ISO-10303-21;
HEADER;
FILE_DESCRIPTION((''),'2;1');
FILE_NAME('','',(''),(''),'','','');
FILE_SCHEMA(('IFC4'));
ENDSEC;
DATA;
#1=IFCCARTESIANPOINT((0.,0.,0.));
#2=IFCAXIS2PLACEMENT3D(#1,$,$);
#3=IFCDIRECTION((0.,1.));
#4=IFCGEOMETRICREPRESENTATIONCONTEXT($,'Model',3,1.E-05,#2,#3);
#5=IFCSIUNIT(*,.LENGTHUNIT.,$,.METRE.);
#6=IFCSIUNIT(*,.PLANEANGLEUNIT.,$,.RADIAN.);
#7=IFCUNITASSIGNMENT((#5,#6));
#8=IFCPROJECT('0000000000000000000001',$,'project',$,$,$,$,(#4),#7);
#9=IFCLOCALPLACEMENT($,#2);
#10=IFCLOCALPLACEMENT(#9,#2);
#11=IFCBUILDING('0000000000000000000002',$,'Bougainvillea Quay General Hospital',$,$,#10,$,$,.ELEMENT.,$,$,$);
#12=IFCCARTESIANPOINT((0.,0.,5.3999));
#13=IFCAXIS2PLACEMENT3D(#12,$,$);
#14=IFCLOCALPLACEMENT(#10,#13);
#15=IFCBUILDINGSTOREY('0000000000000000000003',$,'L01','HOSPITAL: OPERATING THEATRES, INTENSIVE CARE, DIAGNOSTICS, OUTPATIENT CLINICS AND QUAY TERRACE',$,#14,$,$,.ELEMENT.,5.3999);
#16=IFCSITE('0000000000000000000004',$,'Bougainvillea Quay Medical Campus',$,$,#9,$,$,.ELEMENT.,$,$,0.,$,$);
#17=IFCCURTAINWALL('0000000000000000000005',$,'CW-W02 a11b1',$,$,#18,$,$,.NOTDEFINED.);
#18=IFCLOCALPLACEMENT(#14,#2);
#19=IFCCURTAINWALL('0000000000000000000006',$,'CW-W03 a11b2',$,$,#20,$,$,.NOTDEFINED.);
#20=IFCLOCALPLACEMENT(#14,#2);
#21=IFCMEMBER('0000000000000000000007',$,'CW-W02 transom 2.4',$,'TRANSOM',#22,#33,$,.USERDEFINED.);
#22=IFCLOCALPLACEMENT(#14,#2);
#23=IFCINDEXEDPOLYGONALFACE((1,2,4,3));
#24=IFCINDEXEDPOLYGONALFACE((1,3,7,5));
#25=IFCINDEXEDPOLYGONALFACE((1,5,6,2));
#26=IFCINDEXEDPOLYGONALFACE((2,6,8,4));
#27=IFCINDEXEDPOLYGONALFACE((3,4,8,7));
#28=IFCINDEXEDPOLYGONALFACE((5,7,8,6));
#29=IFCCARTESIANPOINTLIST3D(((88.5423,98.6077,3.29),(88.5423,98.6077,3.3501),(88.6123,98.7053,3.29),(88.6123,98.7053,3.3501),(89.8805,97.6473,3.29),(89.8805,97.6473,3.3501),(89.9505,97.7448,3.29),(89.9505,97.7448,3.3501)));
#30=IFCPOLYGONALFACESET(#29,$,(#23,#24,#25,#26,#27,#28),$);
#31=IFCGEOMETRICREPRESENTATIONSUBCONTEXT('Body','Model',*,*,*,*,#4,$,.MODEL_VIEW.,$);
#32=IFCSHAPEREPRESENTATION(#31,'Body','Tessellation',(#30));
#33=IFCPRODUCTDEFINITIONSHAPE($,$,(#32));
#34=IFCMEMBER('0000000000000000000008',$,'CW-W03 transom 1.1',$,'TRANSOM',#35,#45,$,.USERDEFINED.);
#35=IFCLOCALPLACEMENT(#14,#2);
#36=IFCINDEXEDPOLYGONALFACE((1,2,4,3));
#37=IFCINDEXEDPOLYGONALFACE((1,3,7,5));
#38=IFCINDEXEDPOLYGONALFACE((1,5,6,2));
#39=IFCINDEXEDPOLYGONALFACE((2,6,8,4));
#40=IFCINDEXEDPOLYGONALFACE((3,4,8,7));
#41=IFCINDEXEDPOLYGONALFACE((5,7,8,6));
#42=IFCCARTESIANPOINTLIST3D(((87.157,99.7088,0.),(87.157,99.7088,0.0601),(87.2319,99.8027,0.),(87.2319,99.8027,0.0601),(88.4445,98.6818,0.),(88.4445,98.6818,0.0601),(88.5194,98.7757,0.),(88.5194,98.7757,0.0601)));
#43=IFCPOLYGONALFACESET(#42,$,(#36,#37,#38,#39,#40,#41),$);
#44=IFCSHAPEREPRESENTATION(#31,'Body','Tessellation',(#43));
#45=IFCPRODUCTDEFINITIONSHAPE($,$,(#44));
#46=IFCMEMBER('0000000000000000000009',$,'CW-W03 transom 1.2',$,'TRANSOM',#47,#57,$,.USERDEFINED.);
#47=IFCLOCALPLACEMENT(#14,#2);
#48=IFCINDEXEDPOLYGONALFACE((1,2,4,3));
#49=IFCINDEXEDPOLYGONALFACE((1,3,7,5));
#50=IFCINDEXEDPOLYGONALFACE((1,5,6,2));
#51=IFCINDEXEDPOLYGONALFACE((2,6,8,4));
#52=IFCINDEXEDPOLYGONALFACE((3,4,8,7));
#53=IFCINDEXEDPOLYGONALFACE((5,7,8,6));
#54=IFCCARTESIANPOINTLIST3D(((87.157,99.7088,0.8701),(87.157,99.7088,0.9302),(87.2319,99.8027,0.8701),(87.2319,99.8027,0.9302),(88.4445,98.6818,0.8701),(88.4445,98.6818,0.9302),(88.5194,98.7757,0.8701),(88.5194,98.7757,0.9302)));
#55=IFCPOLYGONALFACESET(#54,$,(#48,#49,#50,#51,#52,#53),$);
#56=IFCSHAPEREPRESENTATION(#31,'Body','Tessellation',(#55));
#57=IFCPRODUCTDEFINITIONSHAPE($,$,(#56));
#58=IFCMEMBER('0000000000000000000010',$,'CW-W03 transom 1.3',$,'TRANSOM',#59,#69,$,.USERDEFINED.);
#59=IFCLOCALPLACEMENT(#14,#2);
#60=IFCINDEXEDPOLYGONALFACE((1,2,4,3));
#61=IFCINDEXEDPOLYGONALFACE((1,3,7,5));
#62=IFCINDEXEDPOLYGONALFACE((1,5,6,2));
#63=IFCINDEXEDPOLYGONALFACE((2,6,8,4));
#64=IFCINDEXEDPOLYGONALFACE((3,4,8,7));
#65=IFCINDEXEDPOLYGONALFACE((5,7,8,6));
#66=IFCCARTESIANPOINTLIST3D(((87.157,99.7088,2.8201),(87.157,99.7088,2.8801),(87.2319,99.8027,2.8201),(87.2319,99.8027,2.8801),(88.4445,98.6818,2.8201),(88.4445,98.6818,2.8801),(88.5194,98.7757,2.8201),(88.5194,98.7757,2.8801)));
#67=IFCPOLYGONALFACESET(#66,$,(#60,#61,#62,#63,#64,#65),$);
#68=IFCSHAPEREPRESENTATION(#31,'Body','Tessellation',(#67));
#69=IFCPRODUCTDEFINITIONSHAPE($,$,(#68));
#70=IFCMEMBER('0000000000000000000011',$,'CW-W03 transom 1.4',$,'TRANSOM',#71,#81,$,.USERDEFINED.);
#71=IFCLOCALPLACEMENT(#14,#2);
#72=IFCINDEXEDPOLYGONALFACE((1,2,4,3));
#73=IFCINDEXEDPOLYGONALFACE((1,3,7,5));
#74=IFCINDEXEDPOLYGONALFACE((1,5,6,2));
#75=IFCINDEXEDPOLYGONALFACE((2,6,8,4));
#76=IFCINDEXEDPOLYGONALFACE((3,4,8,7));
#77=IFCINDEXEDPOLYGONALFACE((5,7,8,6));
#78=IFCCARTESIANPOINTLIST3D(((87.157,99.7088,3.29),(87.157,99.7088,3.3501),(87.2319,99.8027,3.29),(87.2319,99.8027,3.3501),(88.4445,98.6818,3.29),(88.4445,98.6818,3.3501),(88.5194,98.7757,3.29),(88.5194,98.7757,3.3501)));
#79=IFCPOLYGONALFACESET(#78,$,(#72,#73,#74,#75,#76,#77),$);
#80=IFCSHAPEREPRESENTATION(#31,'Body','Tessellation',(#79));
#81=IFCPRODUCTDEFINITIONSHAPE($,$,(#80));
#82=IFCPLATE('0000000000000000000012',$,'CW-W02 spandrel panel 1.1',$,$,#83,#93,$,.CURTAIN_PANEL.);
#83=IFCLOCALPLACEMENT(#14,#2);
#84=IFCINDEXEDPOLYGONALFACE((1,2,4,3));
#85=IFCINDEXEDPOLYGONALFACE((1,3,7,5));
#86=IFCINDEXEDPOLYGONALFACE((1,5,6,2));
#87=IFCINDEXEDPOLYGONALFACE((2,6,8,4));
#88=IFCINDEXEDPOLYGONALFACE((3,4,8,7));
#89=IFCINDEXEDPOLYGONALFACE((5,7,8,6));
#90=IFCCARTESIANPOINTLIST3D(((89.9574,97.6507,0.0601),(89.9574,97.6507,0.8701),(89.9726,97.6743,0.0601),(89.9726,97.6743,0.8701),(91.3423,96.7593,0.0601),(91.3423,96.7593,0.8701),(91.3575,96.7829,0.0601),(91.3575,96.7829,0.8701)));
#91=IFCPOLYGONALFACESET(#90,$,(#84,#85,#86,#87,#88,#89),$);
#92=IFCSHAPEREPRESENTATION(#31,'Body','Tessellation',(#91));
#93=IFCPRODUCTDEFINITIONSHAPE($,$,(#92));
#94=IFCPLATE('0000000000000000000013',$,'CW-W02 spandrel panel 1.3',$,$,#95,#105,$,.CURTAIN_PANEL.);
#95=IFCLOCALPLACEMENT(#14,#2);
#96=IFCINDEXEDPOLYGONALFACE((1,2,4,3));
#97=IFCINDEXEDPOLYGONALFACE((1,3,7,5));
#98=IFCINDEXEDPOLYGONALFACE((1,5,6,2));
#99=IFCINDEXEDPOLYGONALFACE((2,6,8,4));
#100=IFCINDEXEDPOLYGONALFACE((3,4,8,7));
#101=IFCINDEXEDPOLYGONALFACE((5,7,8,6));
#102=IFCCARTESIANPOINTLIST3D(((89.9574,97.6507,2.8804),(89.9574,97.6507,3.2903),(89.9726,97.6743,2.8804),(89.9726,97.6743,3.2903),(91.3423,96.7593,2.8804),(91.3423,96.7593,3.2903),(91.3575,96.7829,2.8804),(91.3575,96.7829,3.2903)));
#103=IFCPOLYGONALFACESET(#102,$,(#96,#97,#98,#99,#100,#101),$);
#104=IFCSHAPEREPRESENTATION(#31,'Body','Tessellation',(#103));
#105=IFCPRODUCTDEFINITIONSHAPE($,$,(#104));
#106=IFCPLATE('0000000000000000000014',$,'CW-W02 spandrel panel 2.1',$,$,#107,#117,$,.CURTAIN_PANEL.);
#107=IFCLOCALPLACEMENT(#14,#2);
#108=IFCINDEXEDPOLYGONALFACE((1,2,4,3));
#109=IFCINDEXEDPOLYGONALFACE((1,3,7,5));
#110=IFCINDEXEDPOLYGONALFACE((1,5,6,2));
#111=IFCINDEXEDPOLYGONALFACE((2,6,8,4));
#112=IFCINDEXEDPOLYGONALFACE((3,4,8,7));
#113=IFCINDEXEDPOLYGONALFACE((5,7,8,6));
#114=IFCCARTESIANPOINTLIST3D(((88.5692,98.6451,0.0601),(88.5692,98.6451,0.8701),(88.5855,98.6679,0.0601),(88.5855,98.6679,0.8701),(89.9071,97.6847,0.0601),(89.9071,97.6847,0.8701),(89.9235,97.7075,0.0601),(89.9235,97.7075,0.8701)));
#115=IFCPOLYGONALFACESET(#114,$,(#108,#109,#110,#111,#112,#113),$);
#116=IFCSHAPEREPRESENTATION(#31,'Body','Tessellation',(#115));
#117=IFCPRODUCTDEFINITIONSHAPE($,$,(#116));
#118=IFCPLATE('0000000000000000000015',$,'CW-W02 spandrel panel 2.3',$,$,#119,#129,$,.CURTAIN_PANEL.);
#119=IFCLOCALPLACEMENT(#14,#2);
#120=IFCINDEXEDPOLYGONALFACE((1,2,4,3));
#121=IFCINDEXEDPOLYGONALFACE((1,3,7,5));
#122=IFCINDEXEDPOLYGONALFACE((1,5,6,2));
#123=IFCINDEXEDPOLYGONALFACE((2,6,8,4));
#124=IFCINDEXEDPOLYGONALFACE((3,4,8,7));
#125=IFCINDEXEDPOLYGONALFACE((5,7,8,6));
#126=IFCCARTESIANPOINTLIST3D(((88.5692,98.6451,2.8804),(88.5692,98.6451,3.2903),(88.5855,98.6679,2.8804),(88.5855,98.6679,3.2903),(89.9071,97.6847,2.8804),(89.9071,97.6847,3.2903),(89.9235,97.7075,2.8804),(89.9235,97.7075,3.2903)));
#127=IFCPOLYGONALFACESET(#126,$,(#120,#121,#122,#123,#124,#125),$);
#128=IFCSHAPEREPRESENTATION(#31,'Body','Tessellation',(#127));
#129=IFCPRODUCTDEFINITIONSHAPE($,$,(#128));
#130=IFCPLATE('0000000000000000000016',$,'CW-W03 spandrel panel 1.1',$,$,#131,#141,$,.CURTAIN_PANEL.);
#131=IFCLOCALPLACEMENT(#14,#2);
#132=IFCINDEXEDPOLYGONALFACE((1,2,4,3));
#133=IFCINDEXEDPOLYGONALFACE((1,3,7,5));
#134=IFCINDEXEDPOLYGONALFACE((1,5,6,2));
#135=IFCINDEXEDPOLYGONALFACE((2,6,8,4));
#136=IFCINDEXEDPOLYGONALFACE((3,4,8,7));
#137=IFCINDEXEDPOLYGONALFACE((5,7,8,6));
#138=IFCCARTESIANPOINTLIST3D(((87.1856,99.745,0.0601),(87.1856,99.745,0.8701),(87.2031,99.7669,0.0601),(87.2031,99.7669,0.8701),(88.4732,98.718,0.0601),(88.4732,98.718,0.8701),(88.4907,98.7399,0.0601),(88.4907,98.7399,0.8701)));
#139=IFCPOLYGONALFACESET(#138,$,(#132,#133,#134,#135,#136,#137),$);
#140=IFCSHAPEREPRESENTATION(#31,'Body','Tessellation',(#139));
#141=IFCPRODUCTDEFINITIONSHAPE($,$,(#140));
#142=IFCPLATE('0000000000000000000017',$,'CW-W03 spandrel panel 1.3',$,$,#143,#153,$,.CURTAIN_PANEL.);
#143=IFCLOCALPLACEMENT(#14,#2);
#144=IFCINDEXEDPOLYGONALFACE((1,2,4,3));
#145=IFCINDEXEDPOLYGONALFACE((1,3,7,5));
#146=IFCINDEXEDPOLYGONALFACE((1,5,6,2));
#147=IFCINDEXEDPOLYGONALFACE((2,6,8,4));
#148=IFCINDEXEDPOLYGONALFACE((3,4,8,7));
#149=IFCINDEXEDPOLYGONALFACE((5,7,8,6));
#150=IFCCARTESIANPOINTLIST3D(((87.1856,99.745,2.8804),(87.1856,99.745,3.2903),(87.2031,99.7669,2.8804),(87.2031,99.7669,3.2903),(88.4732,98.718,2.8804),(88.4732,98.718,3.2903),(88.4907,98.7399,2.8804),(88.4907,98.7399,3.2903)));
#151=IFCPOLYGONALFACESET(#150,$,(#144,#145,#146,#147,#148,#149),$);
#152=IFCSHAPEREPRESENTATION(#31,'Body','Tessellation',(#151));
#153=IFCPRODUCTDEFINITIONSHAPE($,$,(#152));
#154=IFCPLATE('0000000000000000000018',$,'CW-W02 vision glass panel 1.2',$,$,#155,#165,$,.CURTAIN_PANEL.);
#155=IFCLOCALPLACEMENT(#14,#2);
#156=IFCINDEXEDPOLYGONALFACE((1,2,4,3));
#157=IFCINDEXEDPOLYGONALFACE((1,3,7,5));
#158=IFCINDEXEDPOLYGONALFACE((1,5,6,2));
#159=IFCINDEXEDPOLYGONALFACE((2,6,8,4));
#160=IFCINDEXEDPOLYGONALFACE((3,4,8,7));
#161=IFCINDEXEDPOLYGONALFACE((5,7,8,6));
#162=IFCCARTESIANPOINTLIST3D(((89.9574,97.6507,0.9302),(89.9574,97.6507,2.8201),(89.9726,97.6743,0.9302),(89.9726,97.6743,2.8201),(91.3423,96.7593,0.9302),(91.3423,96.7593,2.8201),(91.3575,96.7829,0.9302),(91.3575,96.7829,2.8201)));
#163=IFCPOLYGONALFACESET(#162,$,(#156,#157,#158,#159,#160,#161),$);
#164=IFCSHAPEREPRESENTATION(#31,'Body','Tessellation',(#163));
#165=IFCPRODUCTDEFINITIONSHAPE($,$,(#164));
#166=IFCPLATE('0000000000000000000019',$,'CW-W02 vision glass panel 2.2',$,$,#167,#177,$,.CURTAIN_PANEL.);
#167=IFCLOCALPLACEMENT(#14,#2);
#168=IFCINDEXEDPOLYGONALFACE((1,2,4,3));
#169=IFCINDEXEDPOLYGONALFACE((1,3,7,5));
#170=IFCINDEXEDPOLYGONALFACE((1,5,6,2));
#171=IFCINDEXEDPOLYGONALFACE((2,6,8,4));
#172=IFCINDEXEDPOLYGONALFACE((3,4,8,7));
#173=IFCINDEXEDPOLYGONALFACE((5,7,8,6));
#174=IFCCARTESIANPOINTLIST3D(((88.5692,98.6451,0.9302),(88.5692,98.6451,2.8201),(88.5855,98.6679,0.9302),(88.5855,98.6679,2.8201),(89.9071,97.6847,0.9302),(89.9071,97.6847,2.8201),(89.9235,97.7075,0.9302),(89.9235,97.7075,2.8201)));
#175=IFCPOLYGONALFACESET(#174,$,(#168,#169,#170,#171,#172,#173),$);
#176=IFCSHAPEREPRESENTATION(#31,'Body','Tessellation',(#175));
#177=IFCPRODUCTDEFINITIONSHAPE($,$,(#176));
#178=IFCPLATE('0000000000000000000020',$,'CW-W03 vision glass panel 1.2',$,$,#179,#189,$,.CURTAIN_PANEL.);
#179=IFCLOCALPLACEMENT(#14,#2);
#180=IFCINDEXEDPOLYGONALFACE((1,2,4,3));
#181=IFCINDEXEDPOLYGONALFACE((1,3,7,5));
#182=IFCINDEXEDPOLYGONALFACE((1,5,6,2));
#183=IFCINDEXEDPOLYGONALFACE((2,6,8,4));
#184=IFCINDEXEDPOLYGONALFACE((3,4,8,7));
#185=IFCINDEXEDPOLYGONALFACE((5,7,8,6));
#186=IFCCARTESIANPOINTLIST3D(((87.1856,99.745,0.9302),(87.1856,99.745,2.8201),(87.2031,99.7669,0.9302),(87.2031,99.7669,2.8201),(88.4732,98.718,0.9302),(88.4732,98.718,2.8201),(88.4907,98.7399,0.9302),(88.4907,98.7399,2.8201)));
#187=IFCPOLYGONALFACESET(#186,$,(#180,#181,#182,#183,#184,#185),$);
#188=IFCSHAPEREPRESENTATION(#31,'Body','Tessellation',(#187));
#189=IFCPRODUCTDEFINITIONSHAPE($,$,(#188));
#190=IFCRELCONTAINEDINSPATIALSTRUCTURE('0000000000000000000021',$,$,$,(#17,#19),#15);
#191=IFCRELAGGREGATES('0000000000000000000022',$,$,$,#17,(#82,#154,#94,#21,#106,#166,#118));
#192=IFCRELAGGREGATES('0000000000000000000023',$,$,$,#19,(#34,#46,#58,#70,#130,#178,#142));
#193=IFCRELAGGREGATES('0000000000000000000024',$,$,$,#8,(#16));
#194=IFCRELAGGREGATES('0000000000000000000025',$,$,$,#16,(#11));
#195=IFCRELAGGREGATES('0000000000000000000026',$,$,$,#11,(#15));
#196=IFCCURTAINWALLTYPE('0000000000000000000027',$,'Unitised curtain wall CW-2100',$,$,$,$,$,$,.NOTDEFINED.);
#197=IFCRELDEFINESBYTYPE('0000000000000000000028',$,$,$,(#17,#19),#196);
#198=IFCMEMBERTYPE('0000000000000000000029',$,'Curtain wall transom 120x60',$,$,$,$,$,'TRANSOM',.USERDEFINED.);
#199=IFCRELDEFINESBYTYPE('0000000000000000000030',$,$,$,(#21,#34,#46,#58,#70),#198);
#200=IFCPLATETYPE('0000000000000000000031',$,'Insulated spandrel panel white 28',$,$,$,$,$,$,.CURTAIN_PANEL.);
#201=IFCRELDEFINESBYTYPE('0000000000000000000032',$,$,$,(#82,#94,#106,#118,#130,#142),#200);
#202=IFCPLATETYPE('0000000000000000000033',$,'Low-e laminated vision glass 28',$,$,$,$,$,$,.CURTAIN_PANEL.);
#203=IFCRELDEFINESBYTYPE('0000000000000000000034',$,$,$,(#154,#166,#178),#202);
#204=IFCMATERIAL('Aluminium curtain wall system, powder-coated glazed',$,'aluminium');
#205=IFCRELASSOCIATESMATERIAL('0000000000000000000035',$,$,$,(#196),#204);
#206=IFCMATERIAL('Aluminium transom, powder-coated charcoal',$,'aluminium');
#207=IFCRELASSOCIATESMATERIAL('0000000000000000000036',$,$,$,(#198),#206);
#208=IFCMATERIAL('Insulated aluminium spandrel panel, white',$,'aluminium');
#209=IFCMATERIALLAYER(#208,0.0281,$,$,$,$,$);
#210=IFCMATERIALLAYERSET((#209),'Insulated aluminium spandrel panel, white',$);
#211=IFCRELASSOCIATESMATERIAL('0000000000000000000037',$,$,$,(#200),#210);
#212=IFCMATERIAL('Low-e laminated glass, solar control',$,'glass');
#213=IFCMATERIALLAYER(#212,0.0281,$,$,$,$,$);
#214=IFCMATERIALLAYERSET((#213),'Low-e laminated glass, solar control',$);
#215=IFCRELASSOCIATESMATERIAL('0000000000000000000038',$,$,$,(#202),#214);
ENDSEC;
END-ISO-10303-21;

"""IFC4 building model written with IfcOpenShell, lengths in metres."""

from ifc_helpers import new_model, si_unit, direction, frame, origin, origin_2d, place, context, subcontext, project, spatial, rectangle, extrude, material, layer, layer_set, material_profile, profile_set, type_object, element, aggregate, save


model = new_model("IFC4")

# Units and contexts
model_context = context("Model", 3, precision=1e-05, world=origin(), true_north=direction((0.0, 1.0)))
body_context = subcontext(model_context, "Body", "Model", "MODEL_VIEW")
ifc_project = project(units=[si_unit("LENGTHUNIT", "METRE"), si_unit("PLANEANGLEUNIT", "RADIAN")], contexts=[model_context])

# Site, building, storey
site_placement = place(None, origin())
site = spatial("IfcSite", under=ifc_project, at=site_placement, Name="Bougainvillea Quay Medical Campus", CompositionType="ELEMENT", RefElevation=0.0)
building_placement = place(site_placement, origin())
building = spatial("IfcBuilding", under=site, at=building_placement, Name="Bougainvillea Quay General Hospital", CompositionType="ELEMENT")
storey_placement = place(building_placement, frame((0.0, 0.0, 5.3999)))
storey = spatial("IfcBuildingStorey", under=building, at=storey_placement, Name="L01", Description="HOSPITAL: OPERATING THEATRES, INTENSIVE CARE, DIAGNOSTICS, OUTPATIENT CLINICS AND QUAY TERRACE", CompositionType="ELEMENT", Elevation=5.3999)

# Shared definitions
ifc_material_1 = material(Name="Aluminium curtain wall system, powder-coated glazed", Category="aluminium")
curtain_wall_type = type_object("IfcCurtainWallType", Name="Unitised curtain wall CW-2100", PredefinedType="NOTDEFINED", material=ifc_material_1)

# Curtain wall
curtain_wall_1_placement = place(storey_placement, origin())
curtain_wall_1 = element("IfcCurtainWall", 1, at=curtain_wall_1_placement, inside=storey, type_object=curtain_wall_type, Name="CW-W02 a11b1", PredefinedType="NOTDEFINED")

# Curtain wall
curtain_wall_2_placement = place(storey_placement, origin())
curtain_wall_2 = element("IfcCurtainWall", 2, at=curtain_wall_2_placement, inside=storey, type_object=curtain_wall_type, Name="CW-W03 a11b2", PredefinedType="NOTDEFINED")

# Members
ifc_material_2 = material(Name="Aluminium transom, powder-coated charcoal", Category="aluminium")
ifc_material_profile_1 = material_profile(ifc_material_2, rectangle(XDim=0.1201, YDim=0.0601, at=origin_2d()))
ifc_profile_set_1 = profile_set([ifc_material_profile_1], Name="Aluminium transom, powder-coated charcoal")
member_type_1 = type_object("IfcMemberType", Name="Curtain wall transom 120x60", ElementType="TRANSOM", PredefinedType="USERDEFINED", material=ifc_profile_set_1)
member_1_placement = place(storey_placement, frame((89.9155, 97.696, 3.3201), z_axis=(-0.812399, 0.583101, 0.0), x_axis=(-0.583101, -0.812399, 0.0)))
member_1 = element("IfcMember", 3, at=member_1_placement, type_object=member_type_1, Name="CW-W02 transom 2.4", ObjectType="TRANSOM", PredefinedType="USERDEFINED", context=body_context, shape_type="SweptSolid", body=[
    extrude(rectangle(XDim=0.1201, YDim=0.0601, at=origin_2d()), origin(), (0.0, 0.0, 1.0), 1.6472),
])
member_2_placement = place(storey_placement, frame((88.4819, 98.7288, 0.03), z_axis=(-0.78175, 0.623592, 0.0), x_axis=(-0.623592, -0.78175, 0.0)))
member_2 = element("IfcMember", 4, at=member_2_placement, type_object=member_type_1, Name="CW-W03 transom 1.1", ObjectType="TRANSOM", PredefinedType="USERDEFINED", context=body_context, shape_type="SweptSolid", body=[
    extrude(rectangle(XDim=0.1201, YDim=0.0601, at=origin_2d()), origin(), (0.0, 0.0, 1.0), 1.647),
])
member_3_placement = place(storey_placement, frame((88.4819, 98.7288, 0.9001), z_axis=(-0.78175, 0.623592, 0.0), x_axis=(-0.623592, -0.78175, 0.0)))
member_3 = element("IfcMember", 5, at=member_3_placement, type_object=member_type_1, Name="CW-W03 transom 1.2", ObjectType="TRANSOM", PredefinedType="USERDEFINED", context=body_context, shape_type="SweptSolid", body=[
    extrude(rectangle(XDim=0.1201, YDim=0.0601, at=origin_2d()), origin(), (0.0, 0.0, 1.0), 1.647),
])
member_4_placement = place(storey_placement, frame((88.4819, 98.7288, 2.8501), z_axis=(-0.78175, 0.623592, 0.0), x_axis=(-0.623592, -0.78175, 0.0)))
member_4 = element("IfcMember", 6, at=member_4_placement, type_object=member_type_1, Name="CW-W03 transom 1.3", ObjectType="TRANSOM", PredefinedType="USERDEFINED", context=body_context, shape_type="SweptSolid", body=[
    extrude(rectangle(XDim=0.1201, YDim=0.0601, at=origin_2d()), origin(), (0.0, 0.0, 1.0), 1.647),
])
member_5_placement = place(storey_placement, frame((88.4819, 98.7288, 3.3201), z_axis=(-0.78175, 0.623592, 0.0), x_axis=(-0.623592, -0.78175, 0.0)))
member_5 = element("IfcMember", 7, at=member_5_placement, type_object=member_type_1, Name="CW-W03 transom 1.4", ObjectType="TRANSOM", PredefinedType="USERDEFINED", context=body_context, shape_type="SweptSolid", body=[
    extrude(rectangle(XDim=0.1201, YDim=0.0601, at=origin_2d()), origin(), (0.0, 0.0, 1.0), 1.647),
])

# Plates
ifc_material_3 = material(Name="Insulated aluminium spandrel panel, white", Category="aluminium")
ifc_layer_1 = layer(ifc_material_3, 0.0281)
ifc_layer_set_1 = layer_set([ifc_layer_1], Name="Insulated aluminium spandrel panel, white")
plate_type_1 = type_object("IfcPlateType", Name="Insulated spandrel panel white 28", PredefinedType="CURTAIN_PANEL", material=ifc_layer_set_1)
plate_1_placement = place(storey_placement, frame((90.6575, 97.2168, 0.0601), z_axis=(0.0, 0.0, 1.0), x_axis=(-0.840897, 0.541195, 0.0)))
plate_1 = element("IfcPlate", 8, at=plate_1_placement, type_object=plate_type_1, Name="CW-W02 spandrel panel 1.1", PredefinedType="CURTAIN_PANEL", context=body_context, shape_type="SweptSolid", body=[
    extrude(rectangle(XDim=1.647, YDim=0.0281, at=origin_2d()), origin(), (0.0, 0.0, 1.0), 0.8101),
])
plate_2_placement = place(storey_placement, frame((90.6575, 97.2168, 2.8804), z_axis=(0.0, 0.0, 1.0), x_axis=(-0.840897, 0.541195, 0.0)))
plate_2 = element("IfcPlate", 9, at=plate_2_placement, type_object=plate_type_1, Name="CW-W02 spandrel panel 1.3", PredefinedType="CURTAIN_PANEL", context=body_context, shape_type="SweptSolid", body=[
    extrude(rectangle(XDim=1.647, YDim=0.0281, at=origin_2d()), origin(), (0.0, 0.0, 1.0), 0.4099),
])
plate_3_placement = place(storey_placement, frame((89.2463, 98.1763, 0.0601), z_axis=(0.0, 0.0, 1.0), x_axis=(-0.812379, 0.58313, 0.0)))
plate_3 = element("IfcPlate", 10, at=plate_3_placement, type_object=plate_type_1, Name="CW-W02 spandrel panel 2.1", PredefinedType="CURTAIN_PANEL", context=body_context, shape_type="SweptSolid", body=[
    extrude(rectangle(XDim=1.647, YDim=0.0281, at=origin_2d()), origin(), (0.0, 0.0, 1.0), 0.8101),
])
plate_4_placement = place(storey_placement, frame((89.2463, 98.1763, 2.8804), z_axis=(0.0, 0.0, 1.0), x_axis=(-0.812379, 0.58313, 0.0)))
plate_4 = element("IfcPlate", 11, at=plate_4_placement, type_object=plate_type_1, Name="CW-W02 spandrel panel 2.3", PredefinedType="CURTAIN_PANEL", context=body_context, shape_type="SweptSolid", body=[
    extrude(rectangle(XDim=1.647, YDim=0.0281, at=origin_2d()), origin(), (0.0, 0.0, 1.0), 0.4099),
])
plate_5_placement = place(storey_placement, frame((87.8381, 99.2424, 0.0601), z_axis=(0.0, 0.0, 1.0), x_axis=(-0.781771, 0.623566, 0.0)))
plate_5 = element("IfcPlate", 12, at=plate_5_placement, type_object=plate_type_1, Name="CW-W03 spandrel panel 1.1", PredefinedType="CURTAIN_PANEL", context=body_context, shape_type="SweptSolid", body=[
    extrude(rectangle(XDim=1.647, YDim=0.0281, at=origin_2d()), origin(), (0.0, 0.0, 1.0), 0.8101),
])
plate_6_placement = place(storey_placement, frame((87.8381, 99.2424, 2.8804), z_axis=(0.0, 0.0, 1.0), x_axis=(-0.781771, 0.623566, 0.0)))
plate_6 = element("IfcPlate", 13, at=plate_6_placement, type_object=plate_type_1, Name="CW-W03 spandrel panel 1.3", PredefinedType="CURTAIN_PANEL", context=body_context, shape_type="SweptSolid", body=[
    extrude(rectangle(XDim=1.647, YDim=0.0281, at=origin_2d()), origin(), (0.0, 0.0, 1.0), 0.4099),
])
ifc_material_4 = material(Name="Low-e laminated glass, solar control", Category="glass")
ifc_layer_2 = layer(ifc_material_4, 0.0281)
ifc_layer_set_2 = layer_set([ifc_layer_2], Name="Low-e laminated glass, solar control")
plate_type_2 = type_object("IfcPlateType", Name="Low-e laminated vision glass 28", PredefinedType="CURTAIN_PANEL", material=ifc_layer_set_2)
plate_7_placement = place(storey_placement, frame((90.6575, 97.2168, 0.9302), z_axis=(0.0, 0.0, 1.0), x_axis=(-0.840897, 0.541195, 0.0)))
plate_7 = element("IfcPlate", 14, at=plate_7_placement, type_object=plate_type_2, Name="CW-W02 vision glass panel 1.2", PredefinedType="CURTAIN_PANEL", context=body_context, shape_type="SweptSolid", body=[
    extrude(rectangle(XDim=1.647, YDim=0.0281, at=origin_2d()), origin(), (0.0, 0.0, 1.0), 1.8899),
])
plate_8_placement = place(storey_placement, frame((89.2463, 98.1763, 0.9302), z_axis=(0.0, 0.0, 1.0), x_axis=(-0.812379, 0.58313, 0.0)))
plate_8 = element("IfcPlate", 15, at=plate_8_placement, type_object=plate_type_2, Name="CW-W02 vision glass panel 2.2", PredefinedType="CURTAIN_PANEL", context=body_context, shape_type="SweptSolid", body=[
    extrude(rectangle(XDim=1.647, YDim=0.0281, at=origin_2d()), origin(), (0.0, 0.0, 1.0), 1.8899),
])
aggregate(curtain_wall_1, [plate_1, plate_7, plate_2, member_1, plate_3, plate_8, plate_4])
plate_9_placement = place(storey_placement, frame((87.8381, 99.2424, 0.9302), z_axis=(0.0, 0.0, 1.0), x_axis=(-0.781771, 0.623566, 0.0)))
plate_9 = element("IfcPlate", 16, at=plate_9_placement, type_object=plate_type_2, Name="CW-W03 vision glass panel 1.2", PredefinedType="CURTAIN_PANEL", context=body_context, shape_type="SweptSolid", body=[
    extrude(rectangle(XDim=1.647, YDim=0.0281, at=origin_2d()), origin(), (0.0, 0.0, 1.0), 1.8899),
])
aggregate(curtain_wall_2, [member_2, member_3, member_4, member_5, plate_5, plate_9, plate_6])

save(model, "model.ifc")
